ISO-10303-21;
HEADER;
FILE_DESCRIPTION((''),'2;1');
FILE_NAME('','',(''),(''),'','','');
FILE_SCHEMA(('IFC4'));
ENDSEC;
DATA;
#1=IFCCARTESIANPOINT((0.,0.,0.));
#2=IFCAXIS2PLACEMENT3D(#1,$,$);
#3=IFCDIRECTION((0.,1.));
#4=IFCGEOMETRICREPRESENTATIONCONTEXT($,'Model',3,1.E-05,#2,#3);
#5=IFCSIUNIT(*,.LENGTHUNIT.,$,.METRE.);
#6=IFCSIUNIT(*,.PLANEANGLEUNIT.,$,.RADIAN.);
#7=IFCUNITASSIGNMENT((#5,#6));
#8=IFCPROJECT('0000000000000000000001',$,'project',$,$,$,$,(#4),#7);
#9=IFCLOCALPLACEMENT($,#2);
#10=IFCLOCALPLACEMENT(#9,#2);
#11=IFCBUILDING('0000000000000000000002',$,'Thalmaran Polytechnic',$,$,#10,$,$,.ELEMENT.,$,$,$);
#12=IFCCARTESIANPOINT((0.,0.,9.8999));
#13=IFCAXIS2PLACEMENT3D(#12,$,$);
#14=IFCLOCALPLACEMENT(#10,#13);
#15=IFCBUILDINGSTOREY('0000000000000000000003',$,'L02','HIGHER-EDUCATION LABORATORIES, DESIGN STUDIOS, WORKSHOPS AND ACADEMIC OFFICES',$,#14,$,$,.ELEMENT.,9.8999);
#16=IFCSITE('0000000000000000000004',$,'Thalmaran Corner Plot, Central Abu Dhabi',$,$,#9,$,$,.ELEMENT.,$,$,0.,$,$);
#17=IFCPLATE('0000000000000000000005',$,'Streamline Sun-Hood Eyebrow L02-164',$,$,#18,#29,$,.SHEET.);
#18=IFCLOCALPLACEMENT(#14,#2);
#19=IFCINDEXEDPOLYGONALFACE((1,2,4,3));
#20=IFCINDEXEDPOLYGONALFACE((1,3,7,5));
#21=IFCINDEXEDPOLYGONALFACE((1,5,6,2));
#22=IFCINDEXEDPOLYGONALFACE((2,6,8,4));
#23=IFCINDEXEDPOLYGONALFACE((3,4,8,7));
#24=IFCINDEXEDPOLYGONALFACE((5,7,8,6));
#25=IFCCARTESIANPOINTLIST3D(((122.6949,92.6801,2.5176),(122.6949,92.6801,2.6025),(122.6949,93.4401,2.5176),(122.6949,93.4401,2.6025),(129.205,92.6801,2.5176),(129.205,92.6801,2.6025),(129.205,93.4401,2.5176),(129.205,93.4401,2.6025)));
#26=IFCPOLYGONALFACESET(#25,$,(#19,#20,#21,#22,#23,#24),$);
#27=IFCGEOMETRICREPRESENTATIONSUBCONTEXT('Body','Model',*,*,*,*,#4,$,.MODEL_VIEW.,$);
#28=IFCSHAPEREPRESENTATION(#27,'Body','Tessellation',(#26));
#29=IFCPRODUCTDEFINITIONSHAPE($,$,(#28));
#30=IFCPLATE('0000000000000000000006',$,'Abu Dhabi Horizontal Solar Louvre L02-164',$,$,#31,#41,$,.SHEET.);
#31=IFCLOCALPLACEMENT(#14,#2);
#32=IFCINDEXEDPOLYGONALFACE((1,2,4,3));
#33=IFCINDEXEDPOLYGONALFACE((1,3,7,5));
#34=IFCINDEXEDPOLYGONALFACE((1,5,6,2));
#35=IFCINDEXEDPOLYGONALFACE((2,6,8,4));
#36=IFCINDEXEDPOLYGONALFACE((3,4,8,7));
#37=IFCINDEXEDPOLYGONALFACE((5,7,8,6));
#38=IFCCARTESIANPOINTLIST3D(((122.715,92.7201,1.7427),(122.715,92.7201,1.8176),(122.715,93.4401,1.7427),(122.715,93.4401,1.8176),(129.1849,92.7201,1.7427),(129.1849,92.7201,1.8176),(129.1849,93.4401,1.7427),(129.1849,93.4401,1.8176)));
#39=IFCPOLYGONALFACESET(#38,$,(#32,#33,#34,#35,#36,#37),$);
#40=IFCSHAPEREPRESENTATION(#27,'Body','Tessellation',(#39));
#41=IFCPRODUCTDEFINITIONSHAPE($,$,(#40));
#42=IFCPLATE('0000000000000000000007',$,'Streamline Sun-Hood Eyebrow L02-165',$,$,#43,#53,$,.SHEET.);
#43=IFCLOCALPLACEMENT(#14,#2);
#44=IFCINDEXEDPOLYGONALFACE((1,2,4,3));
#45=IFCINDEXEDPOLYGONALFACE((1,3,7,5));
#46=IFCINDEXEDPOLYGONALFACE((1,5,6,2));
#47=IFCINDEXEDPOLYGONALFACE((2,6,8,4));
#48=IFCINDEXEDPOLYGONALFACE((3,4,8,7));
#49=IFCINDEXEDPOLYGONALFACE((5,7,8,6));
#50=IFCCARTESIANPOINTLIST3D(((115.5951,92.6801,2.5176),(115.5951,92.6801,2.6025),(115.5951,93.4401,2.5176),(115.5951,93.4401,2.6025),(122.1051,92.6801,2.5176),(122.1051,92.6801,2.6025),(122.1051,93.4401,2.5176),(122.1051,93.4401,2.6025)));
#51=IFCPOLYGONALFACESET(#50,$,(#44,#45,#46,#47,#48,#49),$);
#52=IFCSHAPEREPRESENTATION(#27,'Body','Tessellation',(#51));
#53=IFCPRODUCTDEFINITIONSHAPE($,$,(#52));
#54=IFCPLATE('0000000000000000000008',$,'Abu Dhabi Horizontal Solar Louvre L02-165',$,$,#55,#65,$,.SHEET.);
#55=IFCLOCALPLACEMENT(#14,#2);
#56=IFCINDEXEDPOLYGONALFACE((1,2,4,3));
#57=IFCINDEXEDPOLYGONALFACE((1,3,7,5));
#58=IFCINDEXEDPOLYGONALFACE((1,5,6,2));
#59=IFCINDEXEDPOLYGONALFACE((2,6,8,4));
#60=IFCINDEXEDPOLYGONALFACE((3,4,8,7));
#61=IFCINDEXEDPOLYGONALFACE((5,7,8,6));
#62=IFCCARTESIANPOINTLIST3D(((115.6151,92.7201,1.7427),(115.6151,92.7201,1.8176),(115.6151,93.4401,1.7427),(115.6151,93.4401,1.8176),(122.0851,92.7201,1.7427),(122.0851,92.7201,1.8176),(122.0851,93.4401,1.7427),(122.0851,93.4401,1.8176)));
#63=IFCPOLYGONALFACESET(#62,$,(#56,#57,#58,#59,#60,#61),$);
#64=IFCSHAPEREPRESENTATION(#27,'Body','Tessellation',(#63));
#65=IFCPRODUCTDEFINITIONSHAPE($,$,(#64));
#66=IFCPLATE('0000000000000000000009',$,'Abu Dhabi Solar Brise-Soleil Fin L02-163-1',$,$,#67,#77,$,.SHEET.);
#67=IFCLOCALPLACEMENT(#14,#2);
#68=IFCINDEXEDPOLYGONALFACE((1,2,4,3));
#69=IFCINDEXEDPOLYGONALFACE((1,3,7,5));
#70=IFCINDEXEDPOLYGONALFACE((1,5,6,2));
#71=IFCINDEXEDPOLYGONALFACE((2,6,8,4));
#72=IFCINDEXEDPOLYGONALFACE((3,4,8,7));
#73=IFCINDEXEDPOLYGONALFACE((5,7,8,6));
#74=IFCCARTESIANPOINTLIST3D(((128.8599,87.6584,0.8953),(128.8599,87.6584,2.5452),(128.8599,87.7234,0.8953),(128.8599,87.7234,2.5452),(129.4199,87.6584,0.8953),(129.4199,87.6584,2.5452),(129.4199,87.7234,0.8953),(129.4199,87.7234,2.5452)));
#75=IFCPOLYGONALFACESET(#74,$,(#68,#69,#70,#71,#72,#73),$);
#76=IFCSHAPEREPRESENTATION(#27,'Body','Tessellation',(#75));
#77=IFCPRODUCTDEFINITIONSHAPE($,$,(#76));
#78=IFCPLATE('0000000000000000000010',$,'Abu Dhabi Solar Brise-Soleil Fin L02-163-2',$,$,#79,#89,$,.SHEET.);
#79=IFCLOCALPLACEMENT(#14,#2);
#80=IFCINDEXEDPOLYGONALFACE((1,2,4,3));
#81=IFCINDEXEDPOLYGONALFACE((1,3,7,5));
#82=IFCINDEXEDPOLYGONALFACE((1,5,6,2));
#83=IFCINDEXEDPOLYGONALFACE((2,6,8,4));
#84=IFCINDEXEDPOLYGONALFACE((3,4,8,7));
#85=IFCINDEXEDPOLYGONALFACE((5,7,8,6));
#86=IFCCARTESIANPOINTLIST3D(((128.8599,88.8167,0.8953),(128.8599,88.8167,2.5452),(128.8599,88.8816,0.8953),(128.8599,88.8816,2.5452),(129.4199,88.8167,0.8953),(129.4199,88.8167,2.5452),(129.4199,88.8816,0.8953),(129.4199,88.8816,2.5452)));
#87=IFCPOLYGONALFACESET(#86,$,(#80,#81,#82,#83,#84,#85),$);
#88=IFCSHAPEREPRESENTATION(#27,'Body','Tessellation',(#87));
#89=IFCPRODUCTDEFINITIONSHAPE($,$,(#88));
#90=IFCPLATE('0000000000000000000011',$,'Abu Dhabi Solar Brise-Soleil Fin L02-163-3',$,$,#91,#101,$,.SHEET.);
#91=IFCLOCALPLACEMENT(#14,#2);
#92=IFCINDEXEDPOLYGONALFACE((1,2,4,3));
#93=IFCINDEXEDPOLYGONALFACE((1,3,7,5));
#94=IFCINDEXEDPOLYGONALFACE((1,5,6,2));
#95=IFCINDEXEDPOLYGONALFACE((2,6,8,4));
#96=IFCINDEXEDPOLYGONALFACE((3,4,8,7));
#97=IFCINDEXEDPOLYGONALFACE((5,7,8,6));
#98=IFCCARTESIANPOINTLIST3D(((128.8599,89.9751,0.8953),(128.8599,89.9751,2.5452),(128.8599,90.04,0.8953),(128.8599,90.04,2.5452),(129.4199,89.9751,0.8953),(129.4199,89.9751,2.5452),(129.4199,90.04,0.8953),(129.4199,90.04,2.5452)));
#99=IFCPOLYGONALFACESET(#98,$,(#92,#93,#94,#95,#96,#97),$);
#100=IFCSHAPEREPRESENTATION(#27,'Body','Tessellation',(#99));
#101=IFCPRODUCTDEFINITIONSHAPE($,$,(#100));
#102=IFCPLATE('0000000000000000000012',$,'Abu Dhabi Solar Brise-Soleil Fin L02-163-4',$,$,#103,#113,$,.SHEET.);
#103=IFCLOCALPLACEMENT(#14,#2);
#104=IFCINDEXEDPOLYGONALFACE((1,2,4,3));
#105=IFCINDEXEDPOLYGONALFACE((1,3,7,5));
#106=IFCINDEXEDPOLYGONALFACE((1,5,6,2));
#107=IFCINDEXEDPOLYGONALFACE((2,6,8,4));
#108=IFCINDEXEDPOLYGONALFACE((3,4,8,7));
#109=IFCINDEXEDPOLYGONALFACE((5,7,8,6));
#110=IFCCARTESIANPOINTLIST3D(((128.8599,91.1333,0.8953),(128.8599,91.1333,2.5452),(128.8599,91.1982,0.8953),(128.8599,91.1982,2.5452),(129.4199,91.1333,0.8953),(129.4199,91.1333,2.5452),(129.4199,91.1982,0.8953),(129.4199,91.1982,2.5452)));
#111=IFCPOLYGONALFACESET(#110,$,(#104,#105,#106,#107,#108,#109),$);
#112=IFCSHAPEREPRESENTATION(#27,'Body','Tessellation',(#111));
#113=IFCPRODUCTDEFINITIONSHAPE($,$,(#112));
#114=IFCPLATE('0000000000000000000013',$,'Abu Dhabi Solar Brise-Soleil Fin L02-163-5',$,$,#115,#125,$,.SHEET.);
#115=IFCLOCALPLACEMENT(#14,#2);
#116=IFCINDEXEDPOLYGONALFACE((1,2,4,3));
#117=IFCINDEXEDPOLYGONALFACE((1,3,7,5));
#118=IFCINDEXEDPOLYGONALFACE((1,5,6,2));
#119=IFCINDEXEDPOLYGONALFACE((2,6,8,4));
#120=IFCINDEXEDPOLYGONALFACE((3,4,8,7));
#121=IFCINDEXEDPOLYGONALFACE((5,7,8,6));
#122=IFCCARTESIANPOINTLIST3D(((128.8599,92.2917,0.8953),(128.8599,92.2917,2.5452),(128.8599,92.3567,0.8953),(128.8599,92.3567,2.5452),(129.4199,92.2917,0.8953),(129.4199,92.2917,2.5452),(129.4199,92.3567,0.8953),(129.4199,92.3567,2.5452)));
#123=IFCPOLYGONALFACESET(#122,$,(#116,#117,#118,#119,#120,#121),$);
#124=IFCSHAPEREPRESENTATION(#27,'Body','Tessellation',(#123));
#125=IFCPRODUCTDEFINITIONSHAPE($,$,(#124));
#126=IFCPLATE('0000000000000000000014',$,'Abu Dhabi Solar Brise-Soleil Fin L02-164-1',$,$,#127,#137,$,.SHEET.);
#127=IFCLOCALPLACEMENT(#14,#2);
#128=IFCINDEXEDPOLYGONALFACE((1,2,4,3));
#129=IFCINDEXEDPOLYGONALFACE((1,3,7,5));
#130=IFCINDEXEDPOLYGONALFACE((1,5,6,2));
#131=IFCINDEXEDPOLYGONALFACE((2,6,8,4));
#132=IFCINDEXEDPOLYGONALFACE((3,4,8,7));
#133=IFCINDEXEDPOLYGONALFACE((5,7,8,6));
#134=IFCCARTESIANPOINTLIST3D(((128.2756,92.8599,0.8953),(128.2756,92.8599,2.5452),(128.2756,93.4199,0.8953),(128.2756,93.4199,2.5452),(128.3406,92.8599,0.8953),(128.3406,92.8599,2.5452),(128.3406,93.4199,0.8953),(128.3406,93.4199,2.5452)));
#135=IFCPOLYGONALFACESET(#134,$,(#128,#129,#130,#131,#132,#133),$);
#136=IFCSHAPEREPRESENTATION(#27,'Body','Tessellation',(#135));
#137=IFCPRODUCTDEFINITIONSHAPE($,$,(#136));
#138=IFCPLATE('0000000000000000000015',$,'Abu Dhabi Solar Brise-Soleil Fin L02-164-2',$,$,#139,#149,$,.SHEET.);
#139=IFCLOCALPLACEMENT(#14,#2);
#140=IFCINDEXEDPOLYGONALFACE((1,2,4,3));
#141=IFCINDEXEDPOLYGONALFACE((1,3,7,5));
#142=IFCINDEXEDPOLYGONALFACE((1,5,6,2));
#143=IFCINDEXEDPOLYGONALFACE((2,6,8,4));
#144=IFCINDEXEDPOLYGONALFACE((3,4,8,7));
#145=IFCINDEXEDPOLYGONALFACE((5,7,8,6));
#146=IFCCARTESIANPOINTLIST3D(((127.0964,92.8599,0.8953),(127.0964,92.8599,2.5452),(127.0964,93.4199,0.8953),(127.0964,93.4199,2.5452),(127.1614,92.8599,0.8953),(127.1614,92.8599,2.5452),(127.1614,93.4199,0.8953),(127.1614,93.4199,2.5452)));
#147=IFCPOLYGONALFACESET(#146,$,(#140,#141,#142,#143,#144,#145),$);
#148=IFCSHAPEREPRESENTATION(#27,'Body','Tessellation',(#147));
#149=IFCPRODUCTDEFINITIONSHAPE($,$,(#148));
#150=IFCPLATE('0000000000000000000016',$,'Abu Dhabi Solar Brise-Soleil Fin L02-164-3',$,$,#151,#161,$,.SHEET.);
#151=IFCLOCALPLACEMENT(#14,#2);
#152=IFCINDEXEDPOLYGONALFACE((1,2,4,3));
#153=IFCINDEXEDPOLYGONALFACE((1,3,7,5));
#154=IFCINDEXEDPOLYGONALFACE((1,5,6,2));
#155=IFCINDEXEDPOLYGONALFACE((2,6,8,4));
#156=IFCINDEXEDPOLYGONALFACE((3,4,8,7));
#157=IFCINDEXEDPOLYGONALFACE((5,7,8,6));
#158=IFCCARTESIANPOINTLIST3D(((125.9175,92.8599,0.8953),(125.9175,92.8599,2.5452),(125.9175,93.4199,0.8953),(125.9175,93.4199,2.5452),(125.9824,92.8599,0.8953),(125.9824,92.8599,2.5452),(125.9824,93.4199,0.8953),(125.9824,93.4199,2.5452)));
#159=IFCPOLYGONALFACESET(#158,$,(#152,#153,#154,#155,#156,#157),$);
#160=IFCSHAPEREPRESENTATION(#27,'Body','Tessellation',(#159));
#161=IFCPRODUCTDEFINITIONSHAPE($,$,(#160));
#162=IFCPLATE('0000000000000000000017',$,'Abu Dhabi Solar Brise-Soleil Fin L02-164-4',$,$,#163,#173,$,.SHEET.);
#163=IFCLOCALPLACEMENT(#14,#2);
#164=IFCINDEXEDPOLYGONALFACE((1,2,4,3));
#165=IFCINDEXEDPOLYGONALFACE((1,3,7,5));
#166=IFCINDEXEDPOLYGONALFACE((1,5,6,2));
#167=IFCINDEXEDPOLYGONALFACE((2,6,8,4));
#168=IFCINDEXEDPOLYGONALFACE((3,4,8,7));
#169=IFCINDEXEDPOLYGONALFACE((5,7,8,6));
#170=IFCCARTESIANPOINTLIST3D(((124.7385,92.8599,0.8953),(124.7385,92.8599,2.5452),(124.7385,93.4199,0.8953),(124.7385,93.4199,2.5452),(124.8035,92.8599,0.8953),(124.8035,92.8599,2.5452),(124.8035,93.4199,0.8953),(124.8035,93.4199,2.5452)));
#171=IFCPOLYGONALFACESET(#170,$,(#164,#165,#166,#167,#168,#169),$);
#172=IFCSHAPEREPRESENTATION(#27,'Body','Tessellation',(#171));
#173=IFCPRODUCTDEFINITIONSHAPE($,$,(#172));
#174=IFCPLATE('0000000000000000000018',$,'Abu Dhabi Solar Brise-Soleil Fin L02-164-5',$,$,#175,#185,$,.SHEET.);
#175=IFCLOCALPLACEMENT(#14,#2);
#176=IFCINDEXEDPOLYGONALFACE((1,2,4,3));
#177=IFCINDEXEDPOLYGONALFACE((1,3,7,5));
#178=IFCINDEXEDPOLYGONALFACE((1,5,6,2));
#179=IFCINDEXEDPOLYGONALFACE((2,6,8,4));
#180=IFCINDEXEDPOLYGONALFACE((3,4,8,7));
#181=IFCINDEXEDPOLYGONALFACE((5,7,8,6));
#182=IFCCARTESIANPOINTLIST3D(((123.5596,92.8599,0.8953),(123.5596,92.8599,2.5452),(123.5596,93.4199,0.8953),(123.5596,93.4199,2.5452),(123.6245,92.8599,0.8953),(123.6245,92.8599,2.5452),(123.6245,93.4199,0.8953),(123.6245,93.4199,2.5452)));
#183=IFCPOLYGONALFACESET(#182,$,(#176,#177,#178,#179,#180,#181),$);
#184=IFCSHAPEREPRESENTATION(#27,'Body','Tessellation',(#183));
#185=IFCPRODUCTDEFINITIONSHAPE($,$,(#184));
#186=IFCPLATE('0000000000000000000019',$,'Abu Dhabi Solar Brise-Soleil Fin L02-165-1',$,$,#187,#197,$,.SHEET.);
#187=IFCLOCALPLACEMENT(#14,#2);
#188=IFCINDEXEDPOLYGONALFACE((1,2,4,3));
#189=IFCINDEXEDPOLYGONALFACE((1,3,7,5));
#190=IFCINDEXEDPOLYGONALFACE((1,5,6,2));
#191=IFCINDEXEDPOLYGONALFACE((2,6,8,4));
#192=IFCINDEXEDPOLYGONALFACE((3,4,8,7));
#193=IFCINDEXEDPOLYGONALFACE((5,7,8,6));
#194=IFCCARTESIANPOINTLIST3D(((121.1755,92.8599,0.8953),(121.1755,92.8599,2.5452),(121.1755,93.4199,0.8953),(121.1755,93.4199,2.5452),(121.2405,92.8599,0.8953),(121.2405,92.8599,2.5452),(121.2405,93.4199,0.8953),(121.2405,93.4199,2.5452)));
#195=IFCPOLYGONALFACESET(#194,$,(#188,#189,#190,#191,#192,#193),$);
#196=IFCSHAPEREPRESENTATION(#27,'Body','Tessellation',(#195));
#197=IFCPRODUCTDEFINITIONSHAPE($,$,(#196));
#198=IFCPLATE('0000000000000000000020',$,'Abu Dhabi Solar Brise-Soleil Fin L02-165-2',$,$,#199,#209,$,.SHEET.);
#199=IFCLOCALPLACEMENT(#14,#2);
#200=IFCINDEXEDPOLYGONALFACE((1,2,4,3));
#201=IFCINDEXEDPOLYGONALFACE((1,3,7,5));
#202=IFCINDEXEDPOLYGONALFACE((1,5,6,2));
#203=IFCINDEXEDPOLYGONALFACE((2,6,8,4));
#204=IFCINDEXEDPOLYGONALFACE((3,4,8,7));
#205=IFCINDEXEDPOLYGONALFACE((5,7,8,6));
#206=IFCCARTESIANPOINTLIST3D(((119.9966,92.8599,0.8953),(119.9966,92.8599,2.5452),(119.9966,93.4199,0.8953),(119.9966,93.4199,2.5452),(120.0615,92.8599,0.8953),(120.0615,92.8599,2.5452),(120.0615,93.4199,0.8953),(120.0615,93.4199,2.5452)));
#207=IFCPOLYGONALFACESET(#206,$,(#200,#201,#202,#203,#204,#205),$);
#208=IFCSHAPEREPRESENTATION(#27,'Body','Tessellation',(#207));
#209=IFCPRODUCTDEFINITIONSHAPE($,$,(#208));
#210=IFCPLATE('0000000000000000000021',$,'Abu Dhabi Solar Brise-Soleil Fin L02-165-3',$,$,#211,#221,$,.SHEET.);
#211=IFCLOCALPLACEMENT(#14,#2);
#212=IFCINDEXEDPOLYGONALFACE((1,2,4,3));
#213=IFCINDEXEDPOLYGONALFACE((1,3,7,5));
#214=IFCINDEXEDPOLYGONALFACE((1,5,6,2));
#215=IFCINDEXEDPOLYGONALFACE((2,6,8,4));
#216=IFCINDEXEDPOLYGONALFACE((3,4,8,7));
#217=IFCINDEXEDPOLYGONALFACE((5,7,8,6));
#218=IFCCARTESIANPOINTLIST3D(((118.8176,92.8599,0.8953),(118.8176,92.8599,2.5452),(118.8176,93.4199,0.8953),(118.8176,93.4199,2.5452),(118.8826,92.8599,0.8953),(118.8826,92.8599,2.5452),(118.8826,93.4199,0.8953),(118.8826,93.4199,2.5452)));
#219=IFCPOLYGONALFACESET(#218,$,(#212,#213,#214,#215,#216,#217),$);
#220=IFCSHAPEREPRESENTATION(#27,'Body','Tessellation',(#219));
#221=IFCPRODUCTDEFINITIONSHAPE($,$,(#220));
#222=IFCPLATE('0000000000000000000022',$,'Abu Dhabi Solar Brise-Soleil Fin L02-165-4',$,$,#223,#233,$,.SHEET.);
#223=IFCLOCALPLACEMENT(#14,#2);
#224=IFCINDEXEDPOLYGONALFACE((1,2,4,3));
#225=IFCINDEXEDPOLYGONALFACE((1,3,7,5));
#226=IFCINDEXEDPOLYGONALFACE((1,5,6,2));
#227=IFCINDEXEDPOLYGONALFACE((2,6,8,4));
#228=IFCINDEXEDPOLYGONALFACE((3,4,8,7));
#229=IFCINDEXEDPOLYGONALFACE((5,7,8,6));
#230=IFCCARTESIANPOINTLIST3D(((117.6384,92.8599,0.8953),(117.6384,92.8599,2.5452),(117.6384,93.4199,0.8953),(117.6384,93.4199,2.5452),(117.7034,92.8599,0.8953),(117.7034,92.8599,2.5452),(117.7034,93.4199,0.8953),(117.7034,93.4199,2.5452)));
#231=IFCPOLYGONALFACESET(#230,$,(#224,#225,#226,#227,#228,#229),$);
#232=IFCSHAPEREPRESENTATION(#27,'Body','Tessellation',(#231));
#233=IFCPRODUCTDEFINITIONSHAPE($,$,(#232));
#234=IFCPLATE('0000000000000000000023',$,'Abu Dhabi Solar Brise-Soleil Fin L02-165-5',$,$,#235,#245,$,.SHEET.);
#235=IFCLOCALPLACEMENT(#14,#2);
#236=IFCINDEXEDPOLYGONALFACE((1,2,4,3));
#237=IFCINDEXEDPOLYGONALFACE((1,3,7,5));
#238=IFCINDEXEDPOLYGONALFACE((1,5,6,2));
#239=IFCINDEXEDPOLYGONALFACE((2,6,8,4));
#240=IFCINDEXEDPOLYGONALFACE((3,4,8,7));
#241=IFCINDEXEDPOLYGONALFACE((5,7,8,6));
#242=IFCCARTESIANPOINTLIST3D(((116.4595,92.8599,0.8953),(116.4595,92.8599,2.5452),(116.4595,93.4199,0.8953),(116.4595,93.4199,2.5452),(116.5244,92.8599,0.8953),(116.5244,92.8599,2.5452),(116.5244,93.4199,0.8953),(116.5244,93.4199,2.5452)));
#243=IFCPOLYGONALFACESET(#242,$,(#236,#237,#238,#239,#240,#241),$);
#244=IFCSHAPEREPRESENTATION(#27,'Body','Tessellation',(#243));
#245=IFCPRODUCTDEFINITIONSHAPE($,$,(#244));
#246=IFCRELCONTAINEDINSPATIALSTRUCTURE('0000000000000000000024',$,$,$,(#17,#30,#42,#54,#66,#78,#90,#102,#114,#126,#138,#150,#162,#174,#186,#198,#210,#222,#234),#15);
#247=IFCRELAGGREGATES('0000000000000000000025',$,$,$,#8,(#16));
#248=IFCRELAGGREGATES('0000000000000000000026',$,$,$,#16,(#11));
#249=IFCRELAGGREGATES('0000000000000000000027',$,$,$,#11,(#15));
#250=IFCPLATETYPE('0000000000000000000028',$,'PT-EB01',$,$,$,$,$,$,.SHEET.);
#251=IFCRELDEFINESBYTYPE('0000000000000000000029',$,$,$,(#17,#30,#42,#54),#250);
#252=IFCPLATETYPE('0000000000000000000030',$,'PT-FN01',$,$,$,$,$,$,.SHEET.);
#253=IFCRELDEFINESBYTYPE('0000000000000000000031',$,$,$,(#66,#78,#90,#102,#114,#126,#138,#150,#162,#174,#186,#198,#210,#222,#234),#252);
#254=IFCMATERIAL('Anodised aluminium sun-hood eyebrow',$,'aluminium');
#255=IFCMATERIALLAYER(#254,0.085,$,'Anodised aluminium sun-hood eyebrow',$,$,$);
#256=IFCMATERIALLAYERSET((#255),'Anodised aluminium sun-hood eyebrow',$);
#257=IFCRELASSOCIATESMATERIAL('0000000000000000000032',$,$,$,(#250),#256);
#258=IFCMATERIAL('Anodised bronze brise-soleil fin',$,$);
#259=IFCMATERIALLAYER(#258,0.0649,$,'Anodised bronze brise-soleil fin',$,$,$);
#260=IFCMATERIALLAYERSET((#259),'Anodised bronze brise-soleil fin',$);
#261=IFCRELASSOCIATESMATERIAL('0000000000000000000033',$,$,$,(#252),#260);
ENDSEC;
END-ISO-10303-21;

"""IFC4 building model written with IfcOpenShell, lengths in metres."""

from ifc_helpers import new_model, si_unit, direction, frame, origin, origin_2d, place, context, subcontext, project, spatial, rectangle, extrude, material, layer, layer_set, type_object, element, save


model = new_model("IFC4")

# Units and contexts
model_context = context("Model", 3, precision=1e-05, world=origin(), true_north=direction((0.0, 1.0)))
body_context = subcontext(model_context, "Body", "Model", "MODEL_VIEW")
ifc_project = project(units=[si_unit("LENGTHUNIT", "METRE"), si_unit("PLANEANGLEUNIT", "RADIAN")], contexts=[model_context])

# Site, building, storey
site_placement = place(None, origin())
site = spatial("IfcSite", under=ifc_project, at=site_placement, Name="Thalmaran Corner Plot, Central Abu Dhabi", CompositionType="ELEMENT", RefElevation=0.0)
building_placement = place(site_placement, origin())
building = spatial("IfcBuilding", under=site, at=building_placement, Name="Thalmaran Polytechnic", CompositionType="ELEMENT")
storey_placement = place(building_placement, frame((0.0, 0.0, 9.8999)))
storey = spatial("IfcBuildingStorey", under=building, at=storey_placement, Name="L02", Description="HIGHER-EDUCATION LABORATORIES, DESIGN STUDIOS, WORKSHOPS AND ACADEMIC OFFICES", CompositionType="ELEMENT", Elevation=9.8999)

# Plates
ifc_material_1 = material(Name="Anodised aluminium sun-hood eyebrow", Category="aluminium")
ifc_layer_1 = layer(ifc_material_1, 0.085, Name="Anodised aluminium sun-hood eyebrow")
ifc_layer_set_1 = layer_set([ifc_layer_1], Name="Anodised aluminium sun-hood eyebrow")
plate_type_1 = type_object("IfcPlateType", Name="PT-EB01", PredefinedType="SHEET", material=ifc_layer_set_1)
plate_1_placement = place(storey_placement, frame((125.95, 93.0601, 2.5176), z_axis=(0.0, 0.0, 1.0), x_axis=(-1.0, 0.0, 0.0)))
element("IfcPlate", 1, at=plate_1_placement, inside=storey, type_object=plate_type_1, Name="Streamline Sun-Hood Eyebrow L02-164", PredefinedType="SHEET", context=body_context, shape_type="SweptSolid", body=[
    extrude(rectangle(XDim=6.51, YDim=0.76, at=origin_2d()), origin(), (0.0, 0.0, 1.0), 0.085),
])
plate_2_placement = place(storey_placement, frame((125.95, 93.0801, 1.7427), z_axis=(0.0, 0.0, 1.0), x_axis=(-1.0, 0.0, 0.0)))
element("IfcPlate", 2, at=plate_2_placement, inside=storey, type_object=plate_type_1, Name="Abu Dhabi Horizontal Solar Louvre L02-164", PredefinedType="SHEET", context=body_context, shape_type="SweptSolid", body=[
    extrude(rectangle(XDim=6.47, YDim=0.72, at=origin_2d()), origin(), (0.0, 0.0, 1.0), 0.075),
])
plate_3_placement = place(storey_placement, frame((118.8501, 93.0601, 2.5176), z_axis=(0.0, 0.0, 1.0), x_axis=(-1.0, 0.0, 0.0)))
element("IfcPlate", 3, at=plate_3_placement, inside=storey, type_object=plate_type_1, Name="Streamline Sun-Hood Eyebrow L02-165", PredefinedType="SHEET", context=body_context, shape_type="SweptSolid", body=[
    extrude(rectangle(XDim=6.51, YDim=0.76, at=origin_2d()), origin(), (0.0, 0.0, 1.0), 0.085),
])
plate_4_placement = place(storey_placement, frame((118.8501, 93.0801, 1.7427), z_axis=(0.0, 0.0, 1.0), x_axis=(-1.0, 0.0, 0.0)))
element("IfcPlate", 4, at=plate_4_placement, inside=storey, type_object=plate_type_1, Name="Abu Dhabi Horizontal Solar Louvre L02-165", PredefinedType="SHEET", context=body_context, shape_type="SweptSolid", body=[
    extrude(rectangle(XDim=6.47, YDim=0.72, at=origin_2d()), origin(), (0.0, 0.0, 1.0), 0.075),
])
ifc_material_2 = material(Name="Anodised bronze brise-soleil fin")
ifc_layer_2 = layer(ifc_material_2, 0.0649, Name="Anodised bronze brise-soleil fin")
ifc_layer_set_2 = layer_set([ifc_layer_2], Name="Anodised bronze brise-soleil fin")
plate_type_2 = type_object("IfcPlateType", Name="PT-FN01", PredefinedType="SHEET", material=ifc_layer_set_2)
for number, where, z_axis, x_axis, name in (
    (5, (129.1399, 87.6909, 0.8953), (0.0, 0.0, 1.0), (0.0, 1.0, 0.0), "Abu Dhabi Solar Brise-Soleil Fin L02-163-1"),
    (6, (129.1399, 88.8491, 0.8953), (0.0, 0.0, 1.0), (0.0, 1.0, 0.0), "Abu Dhabi Solar Brise-Soleil Fin L02-163-2"),
    (7, (129.1399, 90.0076, 0.8953), (0.0, 0.0, 1.0), (0.0, 1.0, 0.0), "Abu Dhabi Solar Brise-Soleil Fin L02-163-3"),
    (8, (129.1399, 91.1658, 0.8953), (0.0, 0.0, 1.0), (0.0, 1.0, 0.0), "Abu Dhabi Solar Brise-Soleil Fin L02-163-4"),
    (9, (129.1399, 92.3242, 0.8953), (0.0, 0.0, 1.0), (0.0, 1.0, 0.0), "Abu Dhabi Solar Brise-Soleil Fin L02-163-5"),
    (10, (128.3081, 93.1399, 0.8953), (0.0, 0.0, 1.0), (-1.0, 0.0, 0.0), "Abu Dhabi Solar Brise-Soleil Fin L02-164-1"),
    (11, (127.1289, 93.1399, 0.8953), (0.0, 0.0, 1.0), (-1.0, 0.0, 0.0), "Abu Dhabi Solar Brise-Soleil Fin L02-164-2"),
    (12, (125.95, 93.1399, 0.8953), (0.0, 0.0, 1.0), (-1.0, 0.0, 0.0), "Abu Dhabi Solar Brise-Soleil Fin L02-164-3"),
    (13, (124.771, 93.1399, 0.8953), (0.0, 0.0, 1.0), (-1.0, 0.0, 0.0), "Abu Dhabi Solar Brise-Soleil Fin L02-164-4"),
    (14, (123.592, 93.1399, 0.8953), (0.0, 0.0, 1.0), (-1.0, 0.0, 0.0), "Abu Dhabi Solar Brise-Soleil Fin L02-164-5"),
    (15, (121.208, 93.1399, 0.8953), (0.0, 0.0, 1.0), (-1.0, 0.0, 0.0), "Abu Dhabi Solar Brise-Soleil Fin L02-165-1"),
    (16, (120.0291, 93.1399, 0.8953), (0.0, 0.0, 1.0), (-1.0, 0.0, 0.0), "Abu Dhabi Solar Brise-Soleil Fin L02-165-2"),
    (17, (118.8501, 93.1399, 0.8953), (0.0, 0.0, 1.0), (-1.0, 0.0, 0.0), "Abu Dhabi Solar Brise-Soleil Fin L02-165-3"),
    (18, (117.6709, 93.1399, 0.8953), (0.0, 0.0, 1.0), (-1.0, 0.0, 0.0), "Abu Dhabi Solar Brise-Soleil Fin L02-165-4"),
    (19, (116.4919, 93.1399, 0.8953), (0.0, 0.0, 1.0), (-1.0, 0.0, 0.0), "Abu Dhabi Solar Brise-Soleil Fin L02-165-5"),
):
    element("IfcPlate", number, at=place(storey_placement, frame(where, z_axis=z_axis, x_axis=x_axis)), inside=storey, type_object=plate_type_2, Name=name, PredefinedType="SHEET", context=body_context, shape_type="SweptSolid", body=[
        extrude(rectangle(XDim=0.0649, YDim=0.5601, at=origin_2d()), origin(), (0.0, 0.0, 1.0), 1.6499),
    ])

save(model, "model.ifc")
